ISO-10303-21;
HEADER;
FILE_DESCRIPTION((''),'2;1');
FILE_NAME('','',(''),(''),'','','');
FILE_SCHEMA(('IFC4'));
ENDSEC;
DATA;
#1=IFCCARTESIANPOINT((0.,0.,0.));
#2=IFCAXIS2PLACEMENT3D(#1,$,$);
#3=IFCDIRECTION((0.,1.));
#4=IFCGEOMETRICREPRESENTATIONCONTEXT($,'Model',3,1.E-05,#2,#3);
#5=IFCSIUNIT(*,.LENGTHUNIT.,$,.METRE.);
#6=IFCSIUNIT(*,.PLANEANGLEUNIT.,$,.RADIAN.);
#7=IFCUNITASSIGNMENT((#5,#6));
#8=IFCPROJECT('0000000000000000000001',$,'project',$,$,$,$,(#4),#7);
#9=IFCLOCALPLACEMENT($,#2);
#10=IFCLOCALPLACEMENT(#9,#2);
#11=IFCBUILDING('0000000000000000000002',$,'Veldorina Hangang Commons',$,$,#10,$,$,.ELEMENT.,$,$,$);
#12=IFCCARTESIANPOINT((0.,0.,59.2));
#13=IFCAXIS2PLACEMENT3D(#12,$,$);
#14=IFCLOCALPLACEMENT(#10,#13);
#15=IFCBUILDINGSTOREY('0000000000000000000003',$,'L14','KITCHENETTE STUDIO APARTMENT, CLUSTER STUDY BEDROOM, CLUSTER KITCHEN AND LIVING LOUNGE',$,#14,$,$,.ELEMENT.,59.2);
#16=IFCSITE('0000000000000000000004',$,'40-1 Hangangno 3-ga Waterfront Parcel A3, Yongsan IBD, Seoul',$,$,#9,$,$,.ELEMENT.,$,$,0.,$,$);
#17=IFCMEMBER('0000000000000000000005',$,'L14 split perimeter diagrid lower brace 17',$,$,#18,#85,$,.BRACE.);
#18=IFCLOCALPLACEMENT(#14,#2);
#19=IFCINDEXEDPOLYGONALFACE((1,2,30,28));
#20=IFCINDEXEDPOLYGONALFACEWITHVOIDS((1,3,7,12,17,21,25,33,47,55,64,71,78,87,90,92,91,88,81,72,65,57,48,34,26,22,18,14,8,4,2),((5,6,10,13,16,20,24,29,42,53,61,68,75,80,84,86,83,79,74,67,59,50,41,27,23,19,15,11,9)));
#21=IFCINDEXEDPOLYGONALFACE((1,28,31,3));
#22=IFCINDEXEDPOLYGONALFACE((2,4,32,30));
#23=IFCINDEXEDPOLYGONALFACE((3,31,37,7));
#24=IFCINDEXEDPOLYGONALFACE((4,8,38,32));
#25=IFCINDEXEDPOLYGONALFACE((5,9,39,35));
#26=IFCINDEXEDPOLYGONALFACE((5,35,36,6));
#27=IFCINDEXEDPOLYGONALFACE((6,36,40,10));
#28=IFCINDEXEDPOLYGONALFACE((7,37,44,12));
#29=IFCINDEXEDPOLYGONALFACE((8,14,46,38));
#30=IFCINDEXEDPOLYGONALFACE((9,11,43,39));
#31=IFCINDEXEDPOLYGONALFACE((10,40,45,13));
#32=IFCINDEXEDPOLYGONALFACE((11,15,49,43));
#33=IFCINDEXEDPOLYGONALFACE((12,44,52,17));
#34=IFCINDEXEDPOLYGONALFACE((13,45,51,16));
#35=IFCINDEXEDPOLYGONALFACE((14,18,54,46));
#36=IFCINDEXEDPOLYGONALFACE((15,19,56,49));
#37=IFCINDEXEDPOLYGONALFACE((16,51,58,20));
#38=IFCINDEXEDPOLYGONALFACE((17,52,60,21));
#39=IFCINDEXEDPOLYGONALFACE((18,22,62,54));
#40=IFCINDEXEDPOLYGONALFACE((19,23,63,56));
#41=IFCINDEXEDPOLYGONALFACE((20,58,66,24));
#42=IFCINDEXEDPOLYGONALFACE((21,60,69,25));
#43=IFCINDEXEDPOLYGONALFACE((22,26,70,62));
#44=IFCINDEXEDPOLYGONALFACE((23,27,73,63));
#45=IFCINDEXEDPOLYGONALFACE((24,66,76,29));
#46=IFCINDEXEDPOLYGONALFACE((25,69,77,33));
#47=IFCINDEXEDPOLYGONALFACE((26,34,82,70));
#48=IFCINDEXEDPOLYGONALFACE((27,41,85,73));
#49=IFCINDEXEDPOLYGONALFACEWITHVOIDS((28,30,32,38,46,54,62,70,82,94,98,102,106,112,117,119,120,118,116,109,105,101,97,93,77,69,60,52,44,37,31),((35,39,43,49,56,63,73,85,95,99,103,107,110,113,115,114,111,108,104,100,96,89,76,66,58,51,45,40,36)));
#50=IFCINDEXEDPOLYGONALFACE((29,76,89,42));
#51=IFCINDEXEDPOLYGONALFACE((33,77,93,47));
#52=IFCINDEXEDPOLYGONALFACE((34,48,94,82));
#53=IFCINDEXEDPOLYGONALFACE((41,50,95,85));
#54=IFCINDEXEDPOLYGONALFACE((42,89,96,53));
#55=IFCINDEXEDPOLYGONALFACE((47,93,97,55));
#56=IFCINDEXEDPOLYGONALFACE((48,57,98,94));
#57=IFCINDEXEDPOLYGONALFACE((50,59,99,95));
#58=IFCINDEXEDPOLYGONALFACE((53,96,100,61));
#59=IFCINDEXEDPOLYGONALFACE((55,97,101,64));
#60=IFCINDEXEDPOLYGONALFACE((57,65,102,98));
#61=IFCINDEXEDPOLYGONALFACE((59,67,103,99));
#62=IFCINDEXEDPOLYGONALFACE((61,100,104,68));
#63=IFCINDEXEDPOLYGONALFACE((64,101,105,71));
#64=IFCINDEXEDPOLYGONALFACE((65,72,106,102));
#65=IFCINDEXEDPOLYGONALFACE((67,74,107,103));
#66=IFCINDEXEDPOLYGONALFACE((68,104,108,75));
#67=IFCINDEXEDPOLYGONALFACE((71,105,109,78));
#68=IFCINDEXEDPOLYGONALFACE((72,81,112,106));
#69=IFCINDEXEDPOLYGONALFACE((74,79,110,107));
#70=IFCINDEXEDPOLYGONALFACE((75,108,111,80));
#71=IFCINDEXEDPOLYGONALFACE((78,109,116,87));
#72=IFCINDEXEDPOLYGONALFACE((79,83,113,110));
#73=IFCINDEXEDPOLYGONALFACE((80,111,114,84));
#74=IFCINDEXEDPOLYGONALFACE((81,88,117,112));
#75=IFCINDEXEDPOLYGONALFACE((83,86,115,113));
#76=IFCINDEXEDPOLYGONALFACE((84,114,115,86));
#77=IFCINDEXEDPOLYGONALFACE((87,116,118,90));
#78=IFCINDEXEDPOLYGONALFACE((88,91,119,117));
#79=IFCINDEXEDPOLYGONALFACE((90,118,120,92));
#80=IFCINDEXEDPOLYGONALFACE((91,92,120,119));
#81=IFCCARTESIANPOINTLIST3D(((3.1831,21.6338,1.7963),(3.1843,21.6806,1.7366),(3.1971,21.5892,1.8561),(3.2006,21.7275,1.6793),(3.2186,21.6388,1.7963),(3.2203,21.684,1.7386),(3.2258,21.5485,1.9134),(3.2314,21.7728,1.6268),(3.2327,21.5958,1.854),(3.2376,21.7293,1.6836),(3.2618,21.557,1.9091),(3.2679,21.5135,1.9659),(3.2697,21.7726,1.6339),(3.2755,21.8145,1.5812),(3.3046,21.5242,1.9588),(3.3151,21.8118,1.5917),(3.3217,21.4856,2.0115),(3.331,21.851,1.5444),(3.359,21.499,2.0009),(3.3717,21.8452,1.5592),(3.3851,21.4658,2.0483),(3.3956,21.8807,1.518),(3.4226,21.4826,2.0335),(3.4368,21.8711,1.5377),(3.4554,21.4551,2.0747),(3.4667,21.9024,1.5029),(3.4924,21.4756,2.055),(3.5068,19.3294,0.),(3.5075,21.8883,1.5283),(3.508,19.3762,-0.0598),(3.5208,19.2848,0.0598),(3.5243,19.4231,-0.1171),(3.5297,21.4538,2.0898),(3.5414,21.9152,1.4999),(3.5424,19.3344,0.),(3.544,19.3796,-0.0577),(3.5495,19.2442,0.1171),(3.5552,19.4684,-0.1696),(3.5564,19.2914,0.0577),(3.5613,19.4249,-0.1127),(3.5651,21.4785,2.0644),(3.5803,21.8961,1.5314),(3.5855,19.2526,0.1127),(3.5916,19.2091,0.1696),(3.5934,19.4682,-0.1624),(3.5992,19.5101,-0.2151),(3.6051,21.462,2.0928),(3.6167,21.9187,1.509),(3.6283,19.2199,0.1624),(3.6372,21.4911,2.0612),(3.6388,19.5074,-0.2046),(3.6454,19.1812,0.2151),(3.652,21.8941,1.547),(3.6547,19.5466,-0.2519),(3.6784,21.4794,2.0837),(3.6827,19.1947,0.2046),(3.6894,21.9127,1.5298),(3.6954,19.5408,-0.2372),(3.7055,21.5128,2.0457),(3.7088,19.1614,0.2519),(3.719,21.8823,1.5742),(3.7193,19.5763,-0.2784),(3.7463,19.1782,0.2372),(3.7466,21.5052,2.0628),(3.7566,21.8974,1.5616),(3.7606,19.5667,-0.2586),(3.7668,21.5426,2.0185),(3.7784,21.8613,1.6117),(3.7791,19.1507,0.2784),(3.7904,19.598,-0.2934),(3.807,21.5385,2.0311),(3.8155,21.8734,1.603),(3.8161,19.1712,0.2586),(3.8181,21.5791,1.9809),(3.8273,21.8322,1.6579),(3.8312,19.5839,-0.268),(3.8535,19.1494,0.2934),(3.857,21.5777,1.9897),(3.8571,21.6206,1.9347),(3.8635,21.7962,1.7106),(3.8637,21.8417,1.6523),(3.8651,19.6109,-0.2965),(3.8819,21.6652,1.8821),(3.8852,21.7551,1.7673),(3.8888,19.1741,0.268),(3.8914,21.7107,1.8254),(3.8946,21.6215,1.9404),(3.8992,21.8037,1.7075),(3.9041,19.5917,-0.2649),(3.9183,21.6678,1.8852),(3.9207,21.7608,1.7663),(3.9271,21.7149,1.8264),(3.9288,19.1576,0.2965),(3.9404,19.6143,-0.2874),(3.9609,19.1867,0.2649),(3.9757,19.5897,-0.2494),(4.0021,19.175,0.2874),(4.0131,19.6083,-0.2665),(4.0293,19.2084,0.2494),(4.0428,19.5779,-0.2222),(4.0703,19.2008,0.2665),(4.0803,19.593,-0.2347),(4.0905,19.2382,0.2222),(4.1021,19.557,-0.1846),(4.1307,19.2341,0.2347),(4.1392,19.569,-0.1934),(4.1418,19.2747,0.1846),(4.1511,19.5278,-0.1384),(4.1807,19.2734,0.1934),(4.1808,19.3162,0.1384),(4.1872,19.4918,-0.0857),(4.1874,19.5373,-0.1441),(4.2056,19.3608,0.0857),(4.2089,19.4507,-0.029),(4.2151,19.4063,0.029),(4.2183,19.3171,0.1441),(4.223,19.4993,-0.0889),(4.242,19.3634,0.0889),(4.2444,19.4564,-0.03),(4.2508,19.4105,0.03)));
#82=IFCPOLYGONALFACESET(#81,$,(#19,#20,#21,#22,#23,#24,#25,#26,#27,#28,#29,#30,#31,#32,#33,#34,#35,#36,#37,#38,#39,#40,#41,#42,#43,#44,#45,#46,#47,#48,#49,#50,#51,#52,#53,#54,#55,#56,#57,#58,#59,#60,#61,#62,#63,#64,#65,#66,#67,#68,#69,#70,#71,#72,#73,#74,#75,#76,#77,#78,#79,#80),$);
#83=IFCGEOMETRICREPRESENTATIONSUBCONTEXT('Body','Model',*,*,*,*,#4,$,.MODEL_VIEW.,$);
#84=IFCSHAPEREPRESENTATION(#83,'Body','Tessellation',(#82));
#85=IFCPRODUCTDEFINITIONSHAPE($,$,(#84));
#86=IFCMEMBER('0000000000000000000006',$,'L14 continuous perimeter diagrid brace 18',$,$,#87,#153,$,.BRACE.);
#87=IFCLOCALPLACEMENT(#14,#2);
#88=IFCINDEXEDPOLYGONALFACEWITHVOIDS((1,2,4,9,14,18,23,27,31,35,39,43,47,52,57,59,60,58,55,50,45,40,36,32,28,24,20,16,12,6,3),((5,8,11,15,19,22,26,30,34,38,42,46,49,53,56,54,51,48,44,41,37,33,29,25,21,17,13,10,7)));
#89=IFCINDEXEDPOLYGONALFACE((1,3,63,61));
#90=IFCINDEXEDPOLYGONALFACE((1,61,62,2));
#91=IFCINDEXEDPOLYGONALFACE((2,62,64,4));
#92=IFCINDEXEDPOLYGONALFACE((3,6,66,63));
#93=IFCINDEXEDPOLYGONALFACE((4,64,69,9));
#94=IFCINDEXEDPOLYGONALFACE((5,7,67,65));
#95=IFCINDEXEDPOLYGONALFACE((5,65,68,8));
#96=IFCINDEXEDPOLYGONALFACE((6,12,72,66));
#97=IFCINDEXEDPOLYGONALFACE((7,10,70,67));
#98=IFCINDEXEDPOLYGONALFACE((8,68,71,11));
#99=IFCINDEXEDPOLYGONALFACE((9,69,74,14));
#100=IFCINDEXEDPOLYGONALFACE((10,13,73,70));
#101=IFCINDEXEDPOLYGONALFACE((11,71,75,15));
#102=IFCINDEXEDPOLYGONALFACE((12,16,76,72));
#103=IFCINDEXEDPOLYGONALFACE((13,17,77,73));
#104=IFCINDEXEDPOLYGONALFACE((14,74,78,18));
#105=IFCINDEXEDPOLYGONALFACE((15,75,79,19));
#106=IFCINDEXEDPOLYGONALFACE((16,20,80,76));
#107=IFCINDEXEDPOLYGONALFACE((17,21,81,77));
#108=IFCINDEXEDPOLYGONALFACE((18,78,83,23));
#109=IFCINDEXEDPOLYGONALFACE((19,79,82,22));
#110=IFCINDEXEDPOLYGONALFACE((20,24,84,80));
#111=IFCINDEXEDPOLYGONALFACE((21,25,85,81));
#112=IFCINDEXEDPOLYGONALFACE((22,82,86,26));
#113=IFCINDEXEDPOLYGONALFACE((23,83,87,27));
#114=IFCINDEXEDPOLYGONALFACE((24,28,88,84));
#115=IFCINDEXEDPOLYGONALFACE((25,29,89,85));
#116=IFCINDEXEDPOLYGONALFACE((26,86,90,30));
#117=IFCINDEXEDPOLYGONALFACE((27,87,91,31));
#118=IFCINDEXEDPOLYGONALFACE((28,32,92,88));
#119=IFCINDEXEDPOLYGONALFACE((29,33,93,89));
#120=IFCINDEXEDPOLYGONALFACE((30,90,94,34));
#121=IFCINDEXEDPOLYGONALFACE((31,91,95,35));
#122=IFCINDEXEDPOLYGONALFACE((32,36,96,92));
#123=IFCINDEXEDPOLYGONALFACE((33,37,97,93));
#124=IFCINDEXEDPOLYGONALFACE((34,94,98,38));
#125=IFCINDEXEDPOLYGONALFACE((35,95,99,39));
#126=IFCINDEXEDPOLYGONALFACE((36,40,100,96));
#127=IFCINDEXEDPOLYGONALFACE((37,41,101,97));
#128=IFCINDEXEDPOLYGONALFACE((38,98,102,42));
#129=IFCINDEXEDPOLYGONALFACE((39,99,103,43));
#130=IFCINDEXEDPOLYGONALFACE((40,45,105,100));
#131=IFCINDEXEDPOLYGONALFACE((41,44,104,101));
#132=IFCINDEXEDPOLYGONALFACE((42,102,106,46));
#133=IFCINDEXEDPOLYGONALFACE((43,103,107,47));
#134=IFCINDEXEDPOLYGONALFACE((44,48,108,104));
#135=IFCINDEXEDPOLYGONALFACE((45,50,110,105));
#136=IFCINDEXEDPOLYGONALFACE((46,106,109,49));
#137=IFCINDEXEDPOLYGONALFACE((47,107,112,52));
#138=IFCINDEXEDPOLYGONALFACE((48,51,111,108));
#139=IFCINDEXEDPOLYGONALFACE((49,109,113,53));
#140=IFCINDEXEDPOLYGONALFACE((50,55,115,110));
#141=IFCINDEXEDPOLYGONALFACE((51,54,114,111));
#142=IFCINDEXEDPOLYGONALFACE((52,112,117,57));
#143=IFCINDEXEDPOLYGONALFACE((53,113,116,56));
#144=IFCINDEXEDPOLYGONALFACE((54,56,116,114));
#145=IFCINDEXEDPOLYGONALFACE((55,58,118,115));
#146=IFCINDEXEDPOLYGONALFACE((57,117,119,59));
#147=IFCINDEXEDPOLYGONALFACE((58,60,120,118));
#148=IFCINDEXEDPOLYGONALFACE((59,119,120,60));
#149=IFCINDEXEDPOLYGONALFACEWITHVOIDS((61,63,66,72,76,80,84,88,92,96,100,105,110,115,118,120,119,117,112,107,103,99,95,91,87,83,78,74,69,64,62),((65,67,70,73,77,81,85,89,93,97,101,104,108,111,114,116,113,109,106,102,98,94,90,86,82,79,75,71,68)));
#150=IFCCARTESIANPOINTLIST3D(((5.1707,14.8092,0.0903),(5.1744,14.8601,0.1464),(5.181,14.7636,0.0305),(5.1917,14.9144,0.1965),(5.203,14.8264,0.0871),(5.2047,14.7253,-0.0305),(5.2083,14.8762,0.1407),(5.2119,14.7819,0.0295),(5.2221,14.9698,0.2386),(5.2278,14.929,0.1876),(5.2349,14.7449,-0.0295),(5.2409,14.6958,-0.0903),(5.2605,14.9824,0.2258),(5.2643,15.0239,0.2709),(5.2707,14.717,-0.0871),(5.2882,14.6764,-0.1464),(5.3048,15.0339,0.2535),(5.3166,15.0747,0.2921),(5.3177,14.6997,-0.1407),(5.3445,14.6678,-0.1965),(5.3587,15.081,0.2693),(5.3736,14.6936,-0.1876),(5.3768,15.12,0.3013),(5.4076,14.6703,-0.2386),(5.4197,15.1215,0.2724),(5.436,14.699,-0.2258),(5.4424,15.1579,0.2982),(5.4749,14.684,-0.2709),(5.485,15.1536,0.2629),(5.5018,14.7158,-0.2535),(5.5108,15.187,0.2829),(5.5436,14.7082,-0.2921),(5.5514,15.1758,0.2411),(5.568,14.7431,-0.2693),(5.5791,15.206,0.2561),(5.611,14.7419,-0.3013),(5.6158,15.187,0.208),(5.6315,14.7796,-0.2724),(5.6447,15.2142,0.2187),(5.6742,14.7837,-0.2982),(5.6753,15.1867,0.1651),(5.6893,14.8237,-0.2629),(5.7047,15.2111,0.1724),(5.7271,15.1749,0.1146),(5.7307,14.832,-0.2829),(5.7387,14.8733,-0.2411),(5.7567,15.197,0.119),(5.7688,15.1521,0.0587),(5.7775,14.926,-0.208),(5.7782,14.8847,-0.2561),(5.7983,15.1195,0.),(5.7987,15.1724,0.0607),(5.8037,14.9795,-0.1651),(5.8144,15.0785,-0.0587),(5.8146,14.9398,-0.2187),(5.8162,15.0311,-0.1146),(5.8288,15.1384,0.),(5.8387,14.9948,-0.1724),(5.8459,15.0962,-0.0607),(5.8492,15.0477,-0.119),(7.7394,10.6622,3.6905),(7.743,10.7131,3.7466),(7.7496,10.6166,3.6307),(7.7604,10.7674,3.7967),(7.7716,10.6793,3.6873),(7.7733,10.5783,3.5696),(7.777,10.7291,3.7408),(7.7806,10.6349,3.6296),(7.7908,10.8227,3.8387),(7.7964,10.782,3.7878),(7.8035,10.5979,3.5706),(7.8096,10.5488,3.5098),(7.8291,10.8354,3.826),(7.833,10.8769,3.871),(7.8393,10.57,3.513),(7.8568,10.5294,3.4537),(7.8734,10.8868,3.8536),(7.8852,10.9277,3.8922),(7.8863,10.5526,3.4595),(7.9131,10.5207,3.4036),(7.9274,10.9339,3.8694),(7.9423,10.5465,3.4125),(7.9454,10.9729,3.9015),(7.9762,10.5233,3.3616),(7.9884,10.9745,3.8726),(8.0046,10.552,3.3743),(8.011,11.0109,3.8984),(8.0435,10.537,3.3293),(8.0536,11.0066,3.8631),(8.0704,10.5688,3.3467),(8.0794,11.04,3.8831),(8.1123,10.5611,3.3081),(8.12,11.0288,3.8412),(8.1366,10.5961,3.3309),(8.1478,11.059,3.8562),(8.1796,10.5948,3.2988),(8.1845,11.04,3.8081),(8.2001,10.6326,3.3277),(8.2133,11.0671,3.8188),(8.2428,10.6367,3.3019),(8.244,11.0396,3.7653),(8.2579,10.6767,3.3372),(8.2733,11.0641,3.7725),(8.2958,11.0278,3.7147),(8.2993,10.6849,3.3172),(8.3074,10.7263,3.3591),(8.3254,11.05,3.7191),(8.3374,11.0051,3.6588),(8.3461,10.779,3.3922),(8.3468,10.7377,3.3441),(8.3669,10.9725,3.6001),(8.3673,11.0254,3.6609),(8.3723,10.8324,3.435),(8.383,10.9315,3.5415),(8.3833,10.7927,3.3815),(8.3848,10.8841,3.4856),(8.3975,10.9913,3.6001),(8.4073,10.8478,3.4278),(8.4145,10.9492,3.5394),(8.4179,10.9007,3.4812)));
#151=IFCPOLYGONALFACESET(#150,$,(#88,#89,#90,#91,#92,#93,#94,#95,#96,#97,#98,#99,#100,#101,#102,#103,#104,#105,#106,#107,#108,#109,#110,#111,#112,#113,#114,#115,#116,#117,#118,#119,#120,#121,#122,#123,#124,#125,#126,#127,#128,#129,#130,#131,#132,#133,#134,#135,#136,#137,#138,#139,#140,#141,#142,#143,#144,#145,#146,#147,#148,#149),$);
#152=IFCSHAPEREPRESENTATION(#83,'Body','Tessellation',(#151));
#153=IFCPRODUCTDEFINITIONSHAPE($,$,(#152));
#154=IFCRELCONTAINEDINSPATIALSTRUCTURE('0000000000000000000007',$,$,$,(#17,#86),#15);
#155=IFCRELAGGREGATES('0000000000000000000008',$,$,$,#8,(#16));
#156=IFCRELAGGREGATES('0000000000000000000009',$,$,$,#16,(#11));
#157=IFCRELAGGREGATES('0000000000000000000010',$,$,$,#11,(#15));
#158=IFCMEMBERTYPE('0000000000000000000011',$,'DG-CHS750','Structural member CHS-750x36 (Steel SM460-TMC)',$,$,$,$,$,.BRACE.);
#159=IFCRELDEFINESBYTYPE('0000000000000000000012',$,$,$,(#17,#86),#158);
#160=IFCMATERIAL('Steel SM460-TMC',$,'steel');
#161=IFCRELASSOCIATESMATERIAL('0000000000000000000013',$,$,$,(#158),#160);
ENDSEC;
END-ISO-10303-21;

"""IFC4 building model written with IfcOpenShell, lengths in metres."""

from ifc_helpers import new_model, si_unit, direction, frame, origin, origin_2d, place, context, subcontext, project, spatial, hollow_circle, extrude, material, material_profile, profile_set, type_object, element, save


model = new_model("IFC4")

# Units and contexts
model_context = context("Model", 3, precision=1e-05, world=origin(), true_north=direction((0.0, 1.0)))
body_context = subcontext(model_context, "Body", "Model", "MODEL_VIEW")
ifc_project = project(units=[si_unit("LENGTHUNIT", "METRE"), si_unit("PLANEANGLEUNIT", "RADIAN")], contexts=[model_context])

# Site, building, storey
site_placement = place(None, origin())
site = spatial("IfcSite", under=ifc_project, at=site_placement, Name="40-1 Hangangno 3-ga Waterfront Parcel A3, Yongsan IBD, Seoul", CompositionType="ELEMENT", RefElevation=0.0)
building_placement = place(site_placement, origin())
building = spatial("IfcBuilding", under=site, at=building_placement, Name="Veldorina Hangang Commons", CompositionType="ELEMENT")
storey_placement = place(building_placement, frame((0.0, 0.0, 59.2)))
storey = spatial("IfcBuildingStorey", under=building, at=storey_placement, Name="L14", Description="KITCHENETTE STUDIO APARTMENT, CLUSTER STUDY BEDROOM, CLUSTER KITCHEN AND LIVING LOUNGE", CompositionType="ELEMENT", Elevation=59.2)

# Shared definitions
ifc_material_1 = material(Name="Steel SM460-TMC", Category="steel")

# Members
ifc_material_profile_1 = material_profile(ifc_material_1, hollow_circle(Radius=0.375, WallThickness=0.0359, at=origin_2d()), Name="CHS-750x36")
ifc_profile_set_1 = profile_set([ifc_material_profile_1], Name="Steel SM460-TMC")
member_type = type_object("IfcMemberType", Name="DG-CHS750", Description="Structural member CHS-750x36 (Steel SM460-TMC)", PredefinedType="BRACE", material=ifc_profile_set_1)
member_1_placement = place(storey_placement, frame((3.8782, 19.3816, 0.0), z_axis=(-0.110121, 0.783885, 0.611063), x_axis=(-0.990276, -0.139115, 0.0)))
element("IfcMember", 1, at=member_1_placement, inside=storey, type_object=member_type, Name="L14 split perimeter diagrid lower brace 17", PredefinedType="BRACE", context=body_context, shape_type="SweptSolid", body=[
    extrude(hollow_circle(Radius=0.375, WallThickness=0.0359, at=origin_2d()), origin(), (0.0, 0.0, 1.0), 2.9397),
])
member_2_placement = place(storey_placement, frame((5.51, 14.9409, 0.0), z_axis=(0.423676, -0.684019, 0.593815), x_axis=(0.850134, 0.526567, 0.0)))
element("IfcMember", 2, at=member_2_placement, inside=storey, type_object=member_type, Name="L14 continuous perimeter diagrid brace 18", PredefinedType="BRACE", context=body_context, shape_type="SweptSolid", body=[
    extrude(hollow_circle(Radius=0.375, WallThickness=0.0359, at=origin_2d()), origin(), (0.0, 0.0, 1.0), 6.0627),
])

save(model, "model.ifc")
